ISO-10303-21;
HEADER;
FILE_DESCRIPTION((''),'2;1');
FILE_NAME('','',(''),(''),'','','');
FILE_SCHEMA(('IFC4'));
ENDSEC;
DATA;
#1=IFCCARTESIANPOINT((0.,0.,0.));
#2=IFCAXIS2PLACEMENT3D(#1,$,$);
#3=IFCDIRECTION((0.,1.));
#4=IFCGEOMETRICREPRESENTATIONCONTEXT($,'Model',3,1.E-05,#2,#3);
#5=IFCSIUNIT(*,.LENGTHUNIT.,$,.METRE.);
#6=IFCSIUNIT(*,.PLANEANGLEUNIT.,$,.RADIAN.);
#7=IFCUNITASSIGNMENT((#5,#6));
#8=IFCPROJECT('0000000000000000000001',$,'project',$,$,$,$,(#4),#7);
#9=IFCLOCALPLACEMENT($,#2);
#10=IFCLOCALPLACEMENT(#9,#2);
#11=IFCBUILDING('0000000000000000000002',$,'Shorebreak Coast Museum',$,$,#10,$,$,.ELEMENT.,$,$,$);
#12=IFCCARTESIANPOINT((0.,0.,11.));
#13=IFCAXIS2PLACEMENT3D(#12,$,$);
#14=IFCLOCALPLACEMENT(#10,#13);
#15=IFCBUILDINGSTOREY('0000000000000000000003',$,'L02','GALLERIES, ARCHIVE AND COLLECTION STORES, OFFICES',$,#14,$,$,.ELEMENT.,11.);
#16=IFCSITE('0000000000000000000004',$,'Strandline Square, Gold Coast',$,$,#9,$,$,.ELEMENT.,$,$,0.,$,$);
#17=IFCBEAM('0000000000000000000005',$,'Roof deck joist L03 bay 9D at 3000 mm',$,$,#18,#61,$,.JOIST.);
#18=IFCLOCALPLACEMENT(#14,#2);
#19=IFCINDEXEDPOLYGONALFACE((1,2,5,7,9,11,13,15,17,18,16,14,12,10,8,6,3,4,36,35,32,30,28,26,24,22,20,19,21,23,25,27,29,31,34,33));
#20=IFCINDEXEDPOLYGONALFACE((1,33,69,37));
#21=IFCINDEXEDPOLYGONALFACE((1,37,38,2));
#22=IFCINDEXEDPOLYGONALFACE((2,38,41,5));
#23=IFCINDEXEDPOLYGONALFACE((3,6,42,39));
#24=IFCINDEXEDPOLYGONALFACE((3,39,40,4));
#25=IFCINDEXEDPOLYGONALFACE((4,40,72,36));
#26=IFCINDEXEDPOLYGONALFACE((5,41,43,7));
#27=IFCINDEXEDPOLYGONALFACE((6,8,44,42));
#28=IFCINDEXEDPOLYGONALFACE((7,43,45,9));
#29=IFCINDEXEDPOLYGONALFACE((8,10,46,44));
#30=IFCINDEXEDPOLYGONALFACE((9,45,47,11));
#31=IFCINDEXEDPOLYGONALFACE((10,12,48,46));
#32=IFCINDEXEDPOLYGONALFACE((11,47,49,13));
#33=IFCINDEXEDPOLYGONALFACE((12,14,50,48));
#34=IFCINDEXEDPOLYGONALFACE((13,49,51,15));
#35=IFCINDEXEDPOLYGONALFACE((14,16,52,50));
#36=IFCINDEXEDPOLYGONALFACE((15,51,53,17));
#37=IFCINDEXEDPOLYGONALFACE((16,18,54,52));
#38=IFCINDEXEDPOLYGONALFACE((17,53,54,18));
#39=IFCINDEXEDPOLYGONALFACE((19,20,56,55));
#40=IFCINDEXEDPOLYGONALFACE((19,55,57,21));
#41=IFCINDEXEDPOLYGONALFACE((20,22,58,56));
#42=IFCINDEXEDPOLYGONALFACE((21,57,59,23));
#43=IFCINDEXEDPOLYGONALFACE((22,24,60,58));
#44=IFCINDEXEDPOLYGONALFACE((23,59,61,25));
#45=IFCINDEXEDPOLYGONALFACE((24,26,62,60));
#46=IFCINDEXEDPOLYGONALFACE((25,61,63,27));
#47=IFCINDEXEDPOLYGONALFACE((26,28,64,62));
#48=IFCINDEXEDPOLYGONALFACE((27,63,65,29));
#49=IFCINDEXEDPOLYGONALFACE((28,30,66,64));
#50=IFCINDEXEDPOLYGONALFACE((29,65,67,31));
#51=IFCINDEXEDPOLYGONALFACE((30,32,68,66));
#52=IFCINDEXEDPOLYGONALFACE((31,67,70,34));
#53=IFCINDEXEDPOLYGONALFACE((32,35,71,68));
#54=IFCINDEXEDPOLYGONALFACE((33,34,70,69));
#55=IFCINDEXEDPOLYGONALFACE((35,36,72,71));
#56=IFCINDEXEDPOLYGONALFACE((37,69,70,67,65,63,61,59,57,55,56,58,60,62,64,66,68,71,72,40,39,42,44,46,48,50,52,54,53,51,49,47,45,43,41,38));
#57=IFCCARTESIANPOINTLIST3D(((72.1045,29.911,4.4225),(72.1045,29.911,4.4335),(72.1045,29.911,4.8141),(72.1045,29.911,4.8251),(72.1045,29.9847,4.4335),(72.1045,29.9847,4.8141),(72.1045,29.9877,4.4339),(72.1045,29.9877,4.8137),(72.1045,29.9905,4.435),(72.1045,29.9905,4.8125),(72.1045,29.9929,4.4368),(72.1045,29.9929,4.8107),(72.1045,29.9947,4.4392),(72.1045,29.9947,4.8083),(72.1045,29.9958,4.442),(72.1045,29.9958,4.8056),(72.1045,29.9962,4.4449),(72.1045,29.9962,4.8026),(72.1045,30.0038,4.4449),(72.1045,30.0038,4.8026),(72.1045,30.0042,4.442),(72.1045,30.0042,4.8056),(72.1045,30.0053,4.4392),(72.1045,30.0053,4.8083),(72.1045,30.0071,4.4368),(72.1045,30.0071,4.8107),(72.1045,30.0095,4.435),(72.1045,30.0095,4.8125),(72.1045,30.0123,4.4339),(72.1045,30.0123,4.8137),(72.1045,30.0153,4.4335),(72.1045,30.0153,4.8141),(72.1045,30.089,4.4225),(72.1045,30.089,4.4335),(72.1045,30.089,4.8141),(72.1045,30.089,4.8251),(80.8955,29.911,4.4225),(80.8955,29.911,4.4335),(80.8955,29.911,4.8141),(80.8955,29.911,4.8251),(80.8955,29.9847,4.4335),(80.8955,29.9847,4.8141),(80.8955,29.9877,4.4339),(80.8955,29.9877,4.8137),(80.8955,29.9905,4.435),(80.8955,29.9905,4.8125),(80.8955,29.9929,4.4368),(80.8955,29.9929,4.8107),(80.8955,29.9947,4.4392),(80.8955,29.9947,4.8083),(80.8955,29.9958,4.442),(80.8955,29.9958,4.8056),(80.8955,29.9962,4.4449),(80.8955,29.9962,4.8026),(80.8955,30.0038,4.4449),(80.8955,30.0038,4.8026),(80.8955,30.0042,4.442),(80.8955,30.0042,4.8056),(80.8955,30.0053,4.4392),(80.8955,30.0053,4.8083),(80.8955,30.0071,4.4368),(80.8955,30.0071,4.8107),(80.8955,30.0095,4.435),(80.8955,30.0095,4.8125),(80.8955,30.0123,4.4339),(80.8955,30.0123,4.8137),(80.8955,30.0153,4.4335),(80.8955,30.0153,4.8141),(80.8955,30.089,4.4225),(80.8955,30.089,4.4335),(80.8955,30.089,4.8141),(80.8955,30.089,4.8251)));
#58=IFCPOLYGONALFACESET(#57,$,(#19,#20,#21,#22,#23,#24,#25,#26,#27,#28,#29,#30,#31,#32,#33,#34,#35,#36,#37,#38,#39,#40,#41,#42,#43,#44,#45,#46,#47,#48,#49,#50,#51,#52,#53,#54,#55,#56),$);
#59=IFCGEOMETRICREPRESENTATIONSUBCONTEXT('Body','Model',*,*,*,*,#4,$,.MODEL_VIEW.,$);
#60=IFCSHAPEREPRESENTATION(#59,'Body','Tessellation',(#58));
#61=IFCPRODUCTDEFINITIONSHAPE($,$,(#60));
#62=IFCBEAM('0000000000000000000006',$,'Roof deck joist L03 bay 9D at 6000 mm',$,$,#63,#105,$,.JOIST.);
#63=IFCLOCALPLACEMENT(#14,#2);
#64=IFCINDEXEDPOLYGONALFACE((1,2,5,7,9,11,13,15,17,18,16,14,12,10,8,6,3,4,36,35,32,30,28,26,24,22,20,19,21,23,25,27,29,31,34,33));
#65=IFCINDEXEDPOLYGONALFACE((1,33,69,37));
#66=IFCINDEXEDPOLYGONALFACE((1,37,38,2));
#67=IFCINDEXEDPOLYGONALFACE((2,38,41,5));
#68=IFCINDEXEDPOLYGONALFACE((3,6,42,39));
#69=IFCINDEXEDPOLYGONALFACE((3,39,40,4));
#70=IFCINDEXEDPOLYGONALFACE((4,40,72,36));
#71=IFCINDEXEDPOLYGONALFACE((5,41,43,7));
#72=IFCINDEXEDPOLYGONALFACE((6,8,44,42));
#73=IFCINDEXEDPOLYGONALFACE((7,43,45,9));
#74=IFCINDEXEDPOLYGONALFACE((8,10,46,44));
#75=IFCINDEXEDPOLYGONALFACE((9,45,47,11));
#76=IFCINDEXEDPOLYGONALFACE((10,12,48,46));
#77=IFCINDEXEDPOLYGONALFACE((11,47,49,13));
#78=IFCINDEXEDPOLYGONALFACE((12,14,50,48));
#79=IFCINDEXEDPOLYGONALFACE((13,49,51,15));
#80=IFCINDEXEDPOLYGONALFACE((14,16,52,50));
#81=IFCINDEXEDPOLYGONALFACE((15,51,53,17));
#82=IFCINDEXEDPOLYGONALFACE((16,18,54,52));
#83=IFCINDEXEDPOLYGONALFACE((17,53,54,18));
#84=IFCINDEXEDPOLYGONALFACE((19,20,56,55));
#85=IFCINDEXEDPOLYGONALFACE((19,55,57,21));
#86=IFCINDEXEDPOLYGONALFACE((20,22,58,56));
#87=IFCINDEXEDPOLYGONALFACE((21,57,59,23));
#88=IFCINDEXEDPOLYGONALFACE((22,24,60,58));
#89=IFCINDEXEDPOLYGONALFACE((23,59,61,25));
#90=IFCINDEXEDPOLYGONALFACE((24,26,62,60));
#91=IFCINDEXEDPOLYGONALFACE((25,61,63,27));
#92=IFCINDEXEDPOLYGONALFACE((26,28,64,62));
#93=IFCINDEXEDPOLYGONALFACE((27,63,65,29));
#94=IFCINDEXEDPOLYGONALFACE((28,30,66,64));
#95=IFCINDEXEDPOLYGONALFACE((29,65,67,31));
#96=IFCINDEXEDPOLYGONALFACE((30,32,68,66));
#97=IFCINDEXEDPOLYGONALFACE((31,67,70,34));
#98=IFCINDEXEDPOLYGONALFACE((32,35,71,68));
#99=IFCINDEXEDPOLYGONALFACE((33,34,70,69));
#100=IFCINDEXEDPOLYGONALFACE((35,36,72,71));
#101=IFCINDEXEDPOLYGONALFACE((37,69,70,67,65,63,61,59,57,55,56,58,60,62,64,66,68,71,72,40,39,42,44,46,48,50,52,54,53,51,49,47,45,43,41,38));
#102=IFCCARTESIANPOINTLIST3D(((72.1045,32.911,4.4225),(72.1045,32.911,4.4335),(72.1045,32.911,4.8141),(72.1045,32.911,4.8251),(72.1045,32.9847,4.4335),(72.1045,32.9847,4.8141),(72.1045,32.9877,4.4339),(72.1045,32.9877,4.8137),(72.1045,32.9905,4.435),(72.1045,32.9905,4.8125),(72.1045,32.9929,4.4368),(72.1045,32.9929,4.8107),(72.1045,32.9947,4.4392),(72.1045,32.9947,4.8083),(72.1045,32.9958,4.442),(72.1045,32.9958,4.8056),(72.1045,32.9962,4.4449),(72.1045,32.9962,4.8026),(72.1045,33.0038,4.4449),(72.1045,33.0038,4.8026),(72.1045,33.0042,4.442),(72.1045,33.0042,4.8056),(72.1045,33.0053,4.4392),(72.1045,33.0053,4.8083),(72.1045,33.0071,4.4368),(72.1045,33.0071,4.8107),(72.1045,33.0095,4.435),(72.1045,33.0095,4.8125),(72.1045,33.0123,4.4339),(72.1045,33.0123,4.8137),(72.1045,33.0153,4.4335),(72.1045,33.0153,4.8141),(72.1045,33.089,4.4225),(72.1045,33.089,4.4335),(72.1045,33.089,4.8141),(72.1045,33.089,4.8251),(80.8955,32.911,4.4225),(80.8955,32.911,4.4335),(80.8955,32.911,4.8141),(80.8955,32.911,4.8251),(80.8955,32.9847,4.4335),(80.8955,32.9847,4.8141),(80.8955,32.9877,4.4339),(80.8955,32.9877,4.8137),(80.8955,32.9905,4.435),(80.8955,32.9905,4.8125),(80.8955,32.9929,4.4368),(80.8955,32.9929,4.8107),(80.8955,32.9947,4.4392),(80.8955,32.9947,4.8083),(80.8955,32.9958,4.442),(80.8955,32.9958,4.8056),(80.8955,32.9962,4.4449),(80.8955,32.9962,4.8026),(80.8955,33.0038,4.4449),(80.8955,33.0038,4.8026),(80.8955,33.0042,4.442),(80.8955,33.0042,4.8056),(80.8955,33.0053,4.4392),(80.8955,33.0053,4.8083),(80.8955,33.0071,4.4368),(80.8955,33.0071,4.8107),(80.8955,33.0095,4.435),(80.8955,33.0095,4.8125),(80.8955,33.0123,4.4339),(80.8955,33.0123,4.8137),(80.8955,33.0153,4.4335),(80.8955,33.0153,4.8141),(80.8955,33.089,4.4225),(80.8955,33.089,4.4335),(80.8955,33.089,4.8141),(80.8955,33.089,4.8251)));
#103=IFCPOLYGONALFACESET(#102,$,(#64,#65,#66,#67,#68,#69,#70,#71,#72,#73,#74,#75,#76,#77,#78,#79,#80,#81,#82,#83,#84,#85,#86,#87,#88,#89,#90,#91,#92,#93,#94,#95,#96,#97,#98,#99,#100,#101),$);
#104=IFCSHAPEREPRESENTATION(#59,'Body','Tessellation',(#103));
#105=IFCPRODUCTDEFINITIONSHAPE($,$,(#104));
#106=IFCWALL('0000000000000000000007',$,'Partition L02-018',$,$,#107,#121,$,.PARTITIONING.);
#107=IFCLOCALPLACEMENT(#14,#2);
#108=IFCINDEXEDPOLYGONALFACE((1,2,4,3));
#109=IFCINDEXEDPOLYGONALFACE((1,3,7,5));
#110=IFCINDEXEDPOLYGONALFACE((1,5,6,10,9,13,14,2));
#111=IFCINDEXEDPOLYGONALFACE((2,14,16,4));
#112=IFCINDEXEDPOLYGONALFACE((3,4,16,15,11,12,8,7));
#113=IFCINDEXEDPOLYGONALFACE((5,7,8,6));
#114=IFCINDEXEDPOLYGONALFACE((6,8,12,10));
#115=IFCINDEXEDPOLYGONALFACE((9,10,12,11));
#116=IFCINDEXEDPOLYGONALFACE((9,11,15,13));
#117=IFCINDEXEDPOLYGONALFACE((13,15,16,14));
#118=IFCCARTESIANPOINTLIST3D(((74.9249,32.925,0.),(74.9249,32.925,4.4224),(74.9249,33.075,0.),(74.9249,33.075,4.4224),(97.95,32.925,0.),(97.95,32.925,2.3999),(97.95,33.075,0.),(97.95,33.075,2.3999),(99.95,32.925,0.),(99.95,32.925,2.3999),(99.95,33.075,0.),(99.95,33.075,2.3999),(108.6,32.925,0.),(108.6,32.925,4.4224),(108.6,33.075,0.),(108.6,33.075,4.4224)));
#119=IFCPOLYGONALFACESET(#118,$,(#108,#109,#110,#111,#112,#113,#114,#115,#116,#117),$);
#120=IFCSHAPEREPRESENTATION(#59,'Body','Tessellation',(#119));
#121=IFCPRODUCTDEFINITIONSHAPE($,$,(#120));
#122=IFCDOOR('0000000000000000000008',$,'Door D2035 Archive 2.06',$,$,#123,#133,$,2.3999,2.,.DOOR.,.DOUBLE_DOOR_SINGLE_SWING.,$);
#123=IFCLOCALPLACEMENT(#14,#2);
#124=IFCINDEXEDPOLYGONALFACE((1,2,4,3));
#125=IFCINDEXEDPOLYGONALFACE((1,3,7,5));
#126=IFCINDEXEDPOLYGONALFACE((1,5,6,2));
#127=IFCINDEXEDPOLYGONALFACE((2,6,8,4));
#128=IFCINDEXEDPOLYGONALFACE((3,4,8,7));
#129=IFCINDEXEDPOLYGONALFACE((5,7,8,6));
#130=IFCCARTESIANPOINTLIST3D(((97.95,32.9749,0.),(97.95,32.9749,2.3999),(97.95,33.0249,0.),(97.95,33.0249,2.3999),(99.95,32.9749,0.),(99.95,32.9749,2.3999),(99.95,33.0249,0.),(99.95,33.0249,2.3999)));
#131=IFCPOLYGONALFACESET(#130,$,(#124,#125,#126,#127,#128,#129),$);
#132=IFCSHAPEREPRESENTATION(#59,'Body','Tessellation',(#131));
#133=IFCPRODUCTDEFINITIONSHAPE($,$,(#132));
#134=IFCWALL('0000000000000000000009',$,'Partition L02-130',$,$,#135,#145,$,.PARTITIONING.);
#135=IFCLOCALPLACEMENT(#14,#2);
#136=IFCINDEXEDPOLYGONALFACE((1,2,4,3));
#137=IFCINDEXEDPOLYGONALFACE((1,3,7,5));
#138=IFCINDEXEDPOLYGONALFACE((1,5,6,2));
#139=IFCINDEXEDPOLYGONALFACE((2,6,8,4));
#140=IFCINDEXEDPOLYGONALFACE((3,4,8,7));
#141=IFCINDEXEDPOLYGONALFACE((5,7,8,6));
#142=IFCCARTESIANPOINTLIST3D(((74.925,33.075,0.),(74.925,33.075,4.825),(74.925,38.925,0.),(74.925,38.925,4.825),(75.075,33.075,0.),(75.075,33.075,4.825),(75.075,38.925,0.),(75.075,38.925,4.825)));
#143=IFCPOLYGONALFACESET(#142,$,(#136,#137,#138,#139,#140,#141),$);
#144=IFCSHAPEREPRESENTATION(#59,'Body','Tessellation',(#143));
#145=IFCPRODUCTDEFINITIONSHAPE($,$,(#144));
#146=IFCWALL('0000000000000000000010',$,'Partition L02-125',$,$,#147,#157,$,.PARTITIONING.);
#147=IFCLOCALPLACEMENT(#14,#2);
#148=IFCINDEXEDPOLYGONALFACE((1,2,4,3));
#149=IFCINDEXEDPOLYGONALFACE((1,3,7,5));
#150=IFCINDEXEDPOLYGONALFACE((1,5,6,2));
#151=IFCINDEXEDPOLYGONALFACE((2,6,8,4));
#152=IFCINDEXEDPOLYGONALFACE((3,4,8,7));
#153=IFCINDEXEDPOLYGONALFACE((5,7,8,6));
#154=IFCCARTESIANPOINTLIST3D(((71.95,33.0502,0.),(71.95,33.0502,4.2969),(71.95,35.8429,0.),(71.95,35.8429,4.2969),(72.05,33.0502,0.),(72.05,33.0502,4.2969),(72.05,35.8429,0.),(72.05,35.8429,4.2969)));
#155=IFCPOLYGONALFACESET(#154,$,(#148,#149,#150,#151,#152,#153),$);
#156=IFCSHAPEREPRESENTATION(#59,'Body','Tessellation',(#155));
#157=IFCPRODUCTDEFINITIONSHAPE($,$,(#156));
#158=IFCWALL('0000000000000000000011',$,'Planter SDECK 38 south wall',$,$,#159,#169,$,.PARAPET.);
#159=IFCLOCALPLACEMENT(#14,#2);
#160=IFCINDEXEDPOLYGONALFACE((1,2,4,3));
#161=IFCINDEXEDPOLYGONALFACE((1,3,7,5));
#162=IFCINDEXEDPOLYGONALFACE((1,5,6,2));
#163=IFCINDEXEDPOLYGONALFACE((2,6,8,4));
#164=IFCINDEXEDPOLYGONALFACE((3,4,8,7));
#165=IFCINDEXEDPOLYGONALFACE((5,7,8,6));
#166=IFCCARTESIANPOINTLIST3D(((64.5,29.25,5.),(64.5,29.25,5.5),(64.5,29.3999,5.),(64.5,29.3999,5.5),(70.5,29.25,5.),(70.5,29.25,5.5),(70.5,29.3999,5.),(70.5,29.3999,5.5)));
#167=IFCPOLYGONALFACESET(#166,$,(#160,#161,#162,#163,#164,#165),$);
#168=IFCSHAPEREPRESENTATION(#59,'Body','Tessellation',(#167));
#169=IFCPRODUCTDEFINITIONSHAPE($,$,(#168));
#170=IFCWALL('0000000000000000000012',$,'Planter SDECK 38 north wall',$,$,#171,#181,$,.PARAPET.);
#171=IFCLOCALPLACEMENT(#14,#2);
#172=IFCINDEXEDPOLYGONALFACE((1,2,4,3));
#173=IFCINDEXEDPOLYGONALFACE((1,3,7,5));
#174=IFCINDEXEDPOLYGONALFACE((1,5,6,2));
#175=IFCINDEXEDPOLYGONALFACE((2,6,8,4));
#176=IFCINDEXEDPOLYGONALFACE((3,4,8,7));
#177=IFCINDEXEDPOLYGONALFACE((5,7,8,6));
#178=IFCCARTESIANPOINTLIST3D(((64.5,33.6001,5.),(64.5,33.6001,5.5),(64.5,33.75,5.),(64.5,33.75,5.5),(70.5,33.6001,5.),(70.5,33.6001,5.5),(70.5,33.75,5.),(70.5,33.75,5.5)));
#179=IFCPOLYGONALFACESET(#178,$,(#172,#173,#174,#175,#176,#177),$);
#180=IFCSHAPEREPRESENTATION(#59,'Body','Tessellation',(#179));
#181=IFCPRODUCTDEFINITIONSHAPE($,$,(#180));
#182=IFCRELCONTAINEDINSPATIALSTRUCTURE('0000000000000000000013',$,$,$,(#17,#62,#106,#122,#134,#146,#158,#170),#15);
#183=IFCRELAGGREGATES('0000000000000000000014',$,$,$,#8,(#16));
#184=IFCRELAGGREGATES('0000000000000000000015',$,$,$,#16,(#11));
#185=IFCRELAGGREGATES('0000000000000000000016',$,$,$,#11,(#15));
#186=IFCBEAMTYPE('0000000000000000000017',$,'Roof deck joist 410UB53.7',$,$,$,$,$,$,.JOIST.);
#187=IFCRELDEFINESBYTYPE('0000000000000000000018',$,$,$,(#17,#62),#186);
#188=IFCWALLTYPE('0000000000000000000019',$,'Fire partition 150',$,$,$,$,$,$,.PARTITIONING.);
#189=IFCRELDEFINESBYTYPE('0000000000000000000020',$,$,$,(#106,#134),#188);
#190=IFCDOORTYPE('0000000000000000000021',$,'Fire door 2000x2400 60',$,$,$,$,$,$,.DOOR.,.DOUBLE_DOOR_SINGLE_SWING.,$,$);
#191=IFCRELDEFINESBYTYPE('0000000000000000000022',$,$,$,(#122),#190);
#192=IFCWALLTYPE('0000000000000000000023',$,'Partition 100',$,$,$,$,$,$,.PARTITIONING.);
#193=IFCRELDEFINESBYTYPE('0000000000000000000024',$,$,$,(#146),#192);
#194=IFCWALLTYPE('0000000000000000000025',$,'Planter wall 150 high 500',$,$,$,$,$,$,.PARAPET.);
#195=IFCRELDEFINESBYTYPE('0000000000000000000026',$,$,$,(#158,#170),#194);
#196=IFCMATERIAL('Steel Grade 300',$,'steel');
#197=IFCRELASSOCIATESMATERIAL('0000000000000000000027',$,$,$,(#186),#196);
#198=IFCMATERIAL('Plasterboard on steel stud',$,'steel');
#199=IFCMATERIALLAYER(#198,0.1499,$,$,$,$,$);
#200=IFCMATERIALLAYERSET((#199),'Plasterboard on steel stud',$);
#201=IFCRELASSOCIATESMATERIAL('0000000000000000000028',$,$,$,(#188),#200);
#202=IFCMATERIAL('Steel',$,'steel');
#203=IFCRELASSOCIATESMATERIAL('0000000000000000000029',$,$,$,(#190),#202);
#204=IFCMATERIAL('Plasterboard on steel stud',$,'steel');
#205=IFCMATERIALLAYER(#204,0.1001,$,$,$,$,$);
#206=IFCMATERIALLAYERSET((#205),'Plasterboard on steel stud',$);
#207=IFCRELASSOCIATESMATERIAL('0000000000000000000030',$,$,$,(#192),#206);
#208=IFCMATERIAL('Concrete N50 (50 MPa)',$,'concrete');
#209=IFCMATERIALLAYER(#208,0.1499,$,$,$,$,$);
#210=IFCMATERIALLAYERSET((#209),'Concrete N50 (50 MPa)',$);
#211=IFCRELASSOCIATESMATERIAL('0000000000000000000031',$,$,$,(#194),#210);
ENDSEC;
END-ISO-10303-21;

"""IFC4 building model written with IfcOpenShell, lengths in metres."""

from ifc_helpers import new_model, si_unit, direction, frame, frame_2d, origin, origin_2d, place, context, subcontext, project, spatial, rectangle, i_section, extrude, material, layer, layer_set, material_profile, profile_set, type_object, element, fill, save


model = new_model("IFC4")

# Units and contexts
model_context = context("Model", 3, precision=1e-05, world=origin(), true_north=direction((0.0, 1.0)))
body_context = subcontext(model_context, "Body", "Model", "MODEL_VIEW")
ifc_project = project(units=[si_unit("LENGTHUNIT", "METRE"), si_unit("PLANEANGLEUNIT", "RADIAN")], contexts=[model_context])

# Site, building, storey
site_placement = place(None, origin())
site = spatial("IfcSite", under=ifc_project, at=site_placement, Name="Strandline Square, Gold Coast", CompositionType="ELEMENT", RefElevation=0.0)
building_placement = place(site_placement, origin())
building = spatial("IfcBuilding", under=site, at=building_placement, Name="Shorebreak Coast Museum", CompositionType="ELEMENT")
storey_placement = place(building_placement, frame((0.0, 0.0, 11.0)))
storey = spatial("IfcBuildingStorey", under=building, at=storey_placement, Name="L02", Description="GALLERIES, ARCHIVE AND COLLECTION STORES, OFFICES", CompositionType="ELEMENT", Elevation=11.0)

# Beams
ifc_material_1 = material(Name="Steel Grade 300", Category="steel")
ifc_material_profile_1 = material_profile(ifc_material_1, i_section(OverallWidth=0.178, OverallDepth=0.4026, WebThickness=0.0076, FlangeThickness=0.011, FilletRadius=0.0115, at=origin_2d()), Name="410UB53.7")
ifc_profile_set_1 = profile_set([ifc_material_profile_1], Name="Steel Grade 300")
beam_type_1 = type_object("IfcBeamType", Name="Roof deck joist 410UB53.7", PredefinedType="JOIST", material=ifc_profile_set_1)
for number, where, z_axis, x_axis, name in (
    (1, (72.1045, 30.0, 4.6238), (1.0, 0.0, 0.0), (0.0, 1.0, 0.0), "Roof deck joist L03 bay 9D at 3000 mm"),
    (2, (72.1045, 33.0, 4.6238), (1.0, 0.0, 0.0), (0.0, 1.0, 0.0), "Roof deck joist L03 bay 9D at 6000 mm"),
):
    element("IfcBeam", number, at=place(storey_placement, frame(where, z_axis=z_axis, x_axis=x_axis)), inside=storey, type_object=beam_type_1, Name=name, PredefinedType="JOIST", context=body_context, shape_type="SweptSolid", body=[
        extrude(i_section(OverallWidth=0.178, OverallDepth=0.4026, WebThickness=0.0076, FlangeThickness=0.011, FilletRadius=0.0115, at=origin_2d()), origin(), (0.0, 0.0, 1.0), 8.791),
    ])

# Wall, opening, door
ifc_material_2 = material(Name="Plasterboard on steel stud", Category="steel")
ifc_layer_1 = layer(ifc_material_2, 0.1499)
ifc_layer_set_1 = layer_set([ifc_layer_1], Name="Plasterboard on steel stud")
wall_type_1 = type_object("IfcWallType", Name="Fire partition 150", PredefinedType="PARTITIONING", material=ifc_layer_set_1)
wall_1_placement = place(storey_placement, frame((74.925, 33.0, 0.0), z_axis=(0.0, 0.0, 1.0), x_axis=(1.0, 0.0, 0.0)))
wall_1 = element("IfcWall", 3, at=wall_1_placement, inside=storey, type_object=wall_type_1, Name="Partition L02-018", PredefinedType="PARTITIONING", context=body_context, shape_type="SweptSolid", body=[
    extrude(rectangle(XDim=33.675, YDim=0.1499, at=frame_2d((16.8374, 0.0))), origin(), (0.0, 0.0, 1.0), 4.4224),
])
opening_placement = place(wall_1_placement, frame((23.0249, 0.0, 0.0)))
opening = element("IfcOpeningElement", 4, at=opening_placement, cuts=wall_1, PredefinedType="OPENING", context=body_context, shape_type="SweptSolid", body=[
    extrude(rectangle(XDim=2.0, YDim=2.3999, at=frame_2d((1.0, 1.2))), frame((0.0, 0.085, 0.0), z_axis=(0.0, -1.0, 0.0), x_axis=(1.0, 0.0, 0.0)), (0.0, 0.0, 1.0), 0.1699),
])
ifc_material_3 = material(Name="Steel", Category="steel")
door_type = type_object("IfcDoorType", Name="Fire door 2000x2400 60", OperationType="DOUBLE_DOOR_SINGLE_SWING", PredefinedType="DOOR", material=ifc_material_3)
door_placement = place(opening_placement, origin())
door = element("IfcDoor", 5, at=door_placement, inside=storey, type_object=door_type, Name="Door D2035 Archive 2.06", OperationType="DOUBLE_DOOR_SINGLE_SWING", OverallHeight=2.3999, OverallWidth=2.0, PredefinedType="DOOR", context=body_context, shape_type="SweptSolid", body=[
    extrude(rectangle(XDim=2.0, YDim=2.3999, at=frame_2d((1.0, 1.2))), frame((0.0, 0.0249, 0.0), z_axis=(0.0, -1.0, 0.0), x_axis=(1.0, 0.0, 0.0)), (0.0, 0.0, 1.0), 0.05),
])
fill(opening, door)

# Walls
wall_2_placement = place(storey_placement, frame((75.0, 33.075, 0.0), z_axis=(0.0, 0.0, 1.0), x_axis=(0.0, 1.0, 0.0)))
element("IfcWall", 6, at=wall_2_placement, inside=storey, type_object=wall_type_1, Name="Partition L02-130", PredefinedType="PARTITIONING", context=body_context, shape_type="SweptSolid", body=[
    extrude(rectangle(XDim=5.8501, YDim=0.1499, at=frame_2d((2.925, 0.0))), origin(), (0.0, 0.0, 1.0), 4.825),
])
ifc_material_4 = material(Name="Plasterboard on steel stud", Category="steel")
ifc_layer_2 = layer(ifc_material_4, 0.1001)
ifc_layer_set_2 = layer_set([ifc_layer_2], Name="Plasterboard on steel stud")
wall_type_2 = type_object("IfcWallType", Name="Partition 100", PredefinedType="PARTITIONING", material=ifc_layer_set_2)
wall_3_placement = place(storey_placement, frame((72.0, 33.05, 0.0), z_axis=(0.0, 0.0, 1.0), x_axis=(0.0, 1.0, 0.0)))
element("IfcWall", 7, at=wall_3_placement, inside=storey, type_object=wall_type_2, Name="Partition L02-125", PredefinedType="PARTITIONING", context=body_context, shape_type="SweptSolid", body=[
    extrude(rectangle(XDim=2.7927, YDim=0.1001, at=frame_2d((1.3965, 0.0))), origin(), (0.0, 0.0, 1.0), 4.2969),
])
ifc_material_5 = material(Name="Concrete N50 (50 MPa)", Category="concrete")
ifc_layer_3 = layer(ifc_material_5, 0.1499)
ifc_layer_set_3 = layer_set([ifc_layer_3], Name="Concrete N50 (50 MPa)")
wall_type_3 = type_object("IfcWallType", Name="Planter wall 150 high 500", PredefinedType="PARAPET", material=ifc_layer_set_3)
for number, where, z_axis, x_axis, name in (
    (8, (64.5, 29.325, 5.0), (0.0, 0.0, 1.0), (1.0, 0.0, 0.0), "Planter SDECK 38 south wall"),
    (9, (64.5, 33.675, 5.0), (0.0, 0.0, 1.0), (1.0, 0.0, 0.0), "Planter SDECK 38 north wall"),
):
    element("IfcWall", number, at=place(storey_placement, frame(where, z_axis=z_axis, x_axis=x_axis)), inside=storey, type_object=wall_type_3, Name=name, PredefinedType="PARAPET", context=body_context, shape_type="SweptSolid", body=[
        extrude(rectangle(XDim=6.0, YDim=0.1499, at=frame_2d((3.0, 0.0))), origin(), (0.0, 0.0, 1.0), 0.5),
    ])

save(model, "model.ifc")
